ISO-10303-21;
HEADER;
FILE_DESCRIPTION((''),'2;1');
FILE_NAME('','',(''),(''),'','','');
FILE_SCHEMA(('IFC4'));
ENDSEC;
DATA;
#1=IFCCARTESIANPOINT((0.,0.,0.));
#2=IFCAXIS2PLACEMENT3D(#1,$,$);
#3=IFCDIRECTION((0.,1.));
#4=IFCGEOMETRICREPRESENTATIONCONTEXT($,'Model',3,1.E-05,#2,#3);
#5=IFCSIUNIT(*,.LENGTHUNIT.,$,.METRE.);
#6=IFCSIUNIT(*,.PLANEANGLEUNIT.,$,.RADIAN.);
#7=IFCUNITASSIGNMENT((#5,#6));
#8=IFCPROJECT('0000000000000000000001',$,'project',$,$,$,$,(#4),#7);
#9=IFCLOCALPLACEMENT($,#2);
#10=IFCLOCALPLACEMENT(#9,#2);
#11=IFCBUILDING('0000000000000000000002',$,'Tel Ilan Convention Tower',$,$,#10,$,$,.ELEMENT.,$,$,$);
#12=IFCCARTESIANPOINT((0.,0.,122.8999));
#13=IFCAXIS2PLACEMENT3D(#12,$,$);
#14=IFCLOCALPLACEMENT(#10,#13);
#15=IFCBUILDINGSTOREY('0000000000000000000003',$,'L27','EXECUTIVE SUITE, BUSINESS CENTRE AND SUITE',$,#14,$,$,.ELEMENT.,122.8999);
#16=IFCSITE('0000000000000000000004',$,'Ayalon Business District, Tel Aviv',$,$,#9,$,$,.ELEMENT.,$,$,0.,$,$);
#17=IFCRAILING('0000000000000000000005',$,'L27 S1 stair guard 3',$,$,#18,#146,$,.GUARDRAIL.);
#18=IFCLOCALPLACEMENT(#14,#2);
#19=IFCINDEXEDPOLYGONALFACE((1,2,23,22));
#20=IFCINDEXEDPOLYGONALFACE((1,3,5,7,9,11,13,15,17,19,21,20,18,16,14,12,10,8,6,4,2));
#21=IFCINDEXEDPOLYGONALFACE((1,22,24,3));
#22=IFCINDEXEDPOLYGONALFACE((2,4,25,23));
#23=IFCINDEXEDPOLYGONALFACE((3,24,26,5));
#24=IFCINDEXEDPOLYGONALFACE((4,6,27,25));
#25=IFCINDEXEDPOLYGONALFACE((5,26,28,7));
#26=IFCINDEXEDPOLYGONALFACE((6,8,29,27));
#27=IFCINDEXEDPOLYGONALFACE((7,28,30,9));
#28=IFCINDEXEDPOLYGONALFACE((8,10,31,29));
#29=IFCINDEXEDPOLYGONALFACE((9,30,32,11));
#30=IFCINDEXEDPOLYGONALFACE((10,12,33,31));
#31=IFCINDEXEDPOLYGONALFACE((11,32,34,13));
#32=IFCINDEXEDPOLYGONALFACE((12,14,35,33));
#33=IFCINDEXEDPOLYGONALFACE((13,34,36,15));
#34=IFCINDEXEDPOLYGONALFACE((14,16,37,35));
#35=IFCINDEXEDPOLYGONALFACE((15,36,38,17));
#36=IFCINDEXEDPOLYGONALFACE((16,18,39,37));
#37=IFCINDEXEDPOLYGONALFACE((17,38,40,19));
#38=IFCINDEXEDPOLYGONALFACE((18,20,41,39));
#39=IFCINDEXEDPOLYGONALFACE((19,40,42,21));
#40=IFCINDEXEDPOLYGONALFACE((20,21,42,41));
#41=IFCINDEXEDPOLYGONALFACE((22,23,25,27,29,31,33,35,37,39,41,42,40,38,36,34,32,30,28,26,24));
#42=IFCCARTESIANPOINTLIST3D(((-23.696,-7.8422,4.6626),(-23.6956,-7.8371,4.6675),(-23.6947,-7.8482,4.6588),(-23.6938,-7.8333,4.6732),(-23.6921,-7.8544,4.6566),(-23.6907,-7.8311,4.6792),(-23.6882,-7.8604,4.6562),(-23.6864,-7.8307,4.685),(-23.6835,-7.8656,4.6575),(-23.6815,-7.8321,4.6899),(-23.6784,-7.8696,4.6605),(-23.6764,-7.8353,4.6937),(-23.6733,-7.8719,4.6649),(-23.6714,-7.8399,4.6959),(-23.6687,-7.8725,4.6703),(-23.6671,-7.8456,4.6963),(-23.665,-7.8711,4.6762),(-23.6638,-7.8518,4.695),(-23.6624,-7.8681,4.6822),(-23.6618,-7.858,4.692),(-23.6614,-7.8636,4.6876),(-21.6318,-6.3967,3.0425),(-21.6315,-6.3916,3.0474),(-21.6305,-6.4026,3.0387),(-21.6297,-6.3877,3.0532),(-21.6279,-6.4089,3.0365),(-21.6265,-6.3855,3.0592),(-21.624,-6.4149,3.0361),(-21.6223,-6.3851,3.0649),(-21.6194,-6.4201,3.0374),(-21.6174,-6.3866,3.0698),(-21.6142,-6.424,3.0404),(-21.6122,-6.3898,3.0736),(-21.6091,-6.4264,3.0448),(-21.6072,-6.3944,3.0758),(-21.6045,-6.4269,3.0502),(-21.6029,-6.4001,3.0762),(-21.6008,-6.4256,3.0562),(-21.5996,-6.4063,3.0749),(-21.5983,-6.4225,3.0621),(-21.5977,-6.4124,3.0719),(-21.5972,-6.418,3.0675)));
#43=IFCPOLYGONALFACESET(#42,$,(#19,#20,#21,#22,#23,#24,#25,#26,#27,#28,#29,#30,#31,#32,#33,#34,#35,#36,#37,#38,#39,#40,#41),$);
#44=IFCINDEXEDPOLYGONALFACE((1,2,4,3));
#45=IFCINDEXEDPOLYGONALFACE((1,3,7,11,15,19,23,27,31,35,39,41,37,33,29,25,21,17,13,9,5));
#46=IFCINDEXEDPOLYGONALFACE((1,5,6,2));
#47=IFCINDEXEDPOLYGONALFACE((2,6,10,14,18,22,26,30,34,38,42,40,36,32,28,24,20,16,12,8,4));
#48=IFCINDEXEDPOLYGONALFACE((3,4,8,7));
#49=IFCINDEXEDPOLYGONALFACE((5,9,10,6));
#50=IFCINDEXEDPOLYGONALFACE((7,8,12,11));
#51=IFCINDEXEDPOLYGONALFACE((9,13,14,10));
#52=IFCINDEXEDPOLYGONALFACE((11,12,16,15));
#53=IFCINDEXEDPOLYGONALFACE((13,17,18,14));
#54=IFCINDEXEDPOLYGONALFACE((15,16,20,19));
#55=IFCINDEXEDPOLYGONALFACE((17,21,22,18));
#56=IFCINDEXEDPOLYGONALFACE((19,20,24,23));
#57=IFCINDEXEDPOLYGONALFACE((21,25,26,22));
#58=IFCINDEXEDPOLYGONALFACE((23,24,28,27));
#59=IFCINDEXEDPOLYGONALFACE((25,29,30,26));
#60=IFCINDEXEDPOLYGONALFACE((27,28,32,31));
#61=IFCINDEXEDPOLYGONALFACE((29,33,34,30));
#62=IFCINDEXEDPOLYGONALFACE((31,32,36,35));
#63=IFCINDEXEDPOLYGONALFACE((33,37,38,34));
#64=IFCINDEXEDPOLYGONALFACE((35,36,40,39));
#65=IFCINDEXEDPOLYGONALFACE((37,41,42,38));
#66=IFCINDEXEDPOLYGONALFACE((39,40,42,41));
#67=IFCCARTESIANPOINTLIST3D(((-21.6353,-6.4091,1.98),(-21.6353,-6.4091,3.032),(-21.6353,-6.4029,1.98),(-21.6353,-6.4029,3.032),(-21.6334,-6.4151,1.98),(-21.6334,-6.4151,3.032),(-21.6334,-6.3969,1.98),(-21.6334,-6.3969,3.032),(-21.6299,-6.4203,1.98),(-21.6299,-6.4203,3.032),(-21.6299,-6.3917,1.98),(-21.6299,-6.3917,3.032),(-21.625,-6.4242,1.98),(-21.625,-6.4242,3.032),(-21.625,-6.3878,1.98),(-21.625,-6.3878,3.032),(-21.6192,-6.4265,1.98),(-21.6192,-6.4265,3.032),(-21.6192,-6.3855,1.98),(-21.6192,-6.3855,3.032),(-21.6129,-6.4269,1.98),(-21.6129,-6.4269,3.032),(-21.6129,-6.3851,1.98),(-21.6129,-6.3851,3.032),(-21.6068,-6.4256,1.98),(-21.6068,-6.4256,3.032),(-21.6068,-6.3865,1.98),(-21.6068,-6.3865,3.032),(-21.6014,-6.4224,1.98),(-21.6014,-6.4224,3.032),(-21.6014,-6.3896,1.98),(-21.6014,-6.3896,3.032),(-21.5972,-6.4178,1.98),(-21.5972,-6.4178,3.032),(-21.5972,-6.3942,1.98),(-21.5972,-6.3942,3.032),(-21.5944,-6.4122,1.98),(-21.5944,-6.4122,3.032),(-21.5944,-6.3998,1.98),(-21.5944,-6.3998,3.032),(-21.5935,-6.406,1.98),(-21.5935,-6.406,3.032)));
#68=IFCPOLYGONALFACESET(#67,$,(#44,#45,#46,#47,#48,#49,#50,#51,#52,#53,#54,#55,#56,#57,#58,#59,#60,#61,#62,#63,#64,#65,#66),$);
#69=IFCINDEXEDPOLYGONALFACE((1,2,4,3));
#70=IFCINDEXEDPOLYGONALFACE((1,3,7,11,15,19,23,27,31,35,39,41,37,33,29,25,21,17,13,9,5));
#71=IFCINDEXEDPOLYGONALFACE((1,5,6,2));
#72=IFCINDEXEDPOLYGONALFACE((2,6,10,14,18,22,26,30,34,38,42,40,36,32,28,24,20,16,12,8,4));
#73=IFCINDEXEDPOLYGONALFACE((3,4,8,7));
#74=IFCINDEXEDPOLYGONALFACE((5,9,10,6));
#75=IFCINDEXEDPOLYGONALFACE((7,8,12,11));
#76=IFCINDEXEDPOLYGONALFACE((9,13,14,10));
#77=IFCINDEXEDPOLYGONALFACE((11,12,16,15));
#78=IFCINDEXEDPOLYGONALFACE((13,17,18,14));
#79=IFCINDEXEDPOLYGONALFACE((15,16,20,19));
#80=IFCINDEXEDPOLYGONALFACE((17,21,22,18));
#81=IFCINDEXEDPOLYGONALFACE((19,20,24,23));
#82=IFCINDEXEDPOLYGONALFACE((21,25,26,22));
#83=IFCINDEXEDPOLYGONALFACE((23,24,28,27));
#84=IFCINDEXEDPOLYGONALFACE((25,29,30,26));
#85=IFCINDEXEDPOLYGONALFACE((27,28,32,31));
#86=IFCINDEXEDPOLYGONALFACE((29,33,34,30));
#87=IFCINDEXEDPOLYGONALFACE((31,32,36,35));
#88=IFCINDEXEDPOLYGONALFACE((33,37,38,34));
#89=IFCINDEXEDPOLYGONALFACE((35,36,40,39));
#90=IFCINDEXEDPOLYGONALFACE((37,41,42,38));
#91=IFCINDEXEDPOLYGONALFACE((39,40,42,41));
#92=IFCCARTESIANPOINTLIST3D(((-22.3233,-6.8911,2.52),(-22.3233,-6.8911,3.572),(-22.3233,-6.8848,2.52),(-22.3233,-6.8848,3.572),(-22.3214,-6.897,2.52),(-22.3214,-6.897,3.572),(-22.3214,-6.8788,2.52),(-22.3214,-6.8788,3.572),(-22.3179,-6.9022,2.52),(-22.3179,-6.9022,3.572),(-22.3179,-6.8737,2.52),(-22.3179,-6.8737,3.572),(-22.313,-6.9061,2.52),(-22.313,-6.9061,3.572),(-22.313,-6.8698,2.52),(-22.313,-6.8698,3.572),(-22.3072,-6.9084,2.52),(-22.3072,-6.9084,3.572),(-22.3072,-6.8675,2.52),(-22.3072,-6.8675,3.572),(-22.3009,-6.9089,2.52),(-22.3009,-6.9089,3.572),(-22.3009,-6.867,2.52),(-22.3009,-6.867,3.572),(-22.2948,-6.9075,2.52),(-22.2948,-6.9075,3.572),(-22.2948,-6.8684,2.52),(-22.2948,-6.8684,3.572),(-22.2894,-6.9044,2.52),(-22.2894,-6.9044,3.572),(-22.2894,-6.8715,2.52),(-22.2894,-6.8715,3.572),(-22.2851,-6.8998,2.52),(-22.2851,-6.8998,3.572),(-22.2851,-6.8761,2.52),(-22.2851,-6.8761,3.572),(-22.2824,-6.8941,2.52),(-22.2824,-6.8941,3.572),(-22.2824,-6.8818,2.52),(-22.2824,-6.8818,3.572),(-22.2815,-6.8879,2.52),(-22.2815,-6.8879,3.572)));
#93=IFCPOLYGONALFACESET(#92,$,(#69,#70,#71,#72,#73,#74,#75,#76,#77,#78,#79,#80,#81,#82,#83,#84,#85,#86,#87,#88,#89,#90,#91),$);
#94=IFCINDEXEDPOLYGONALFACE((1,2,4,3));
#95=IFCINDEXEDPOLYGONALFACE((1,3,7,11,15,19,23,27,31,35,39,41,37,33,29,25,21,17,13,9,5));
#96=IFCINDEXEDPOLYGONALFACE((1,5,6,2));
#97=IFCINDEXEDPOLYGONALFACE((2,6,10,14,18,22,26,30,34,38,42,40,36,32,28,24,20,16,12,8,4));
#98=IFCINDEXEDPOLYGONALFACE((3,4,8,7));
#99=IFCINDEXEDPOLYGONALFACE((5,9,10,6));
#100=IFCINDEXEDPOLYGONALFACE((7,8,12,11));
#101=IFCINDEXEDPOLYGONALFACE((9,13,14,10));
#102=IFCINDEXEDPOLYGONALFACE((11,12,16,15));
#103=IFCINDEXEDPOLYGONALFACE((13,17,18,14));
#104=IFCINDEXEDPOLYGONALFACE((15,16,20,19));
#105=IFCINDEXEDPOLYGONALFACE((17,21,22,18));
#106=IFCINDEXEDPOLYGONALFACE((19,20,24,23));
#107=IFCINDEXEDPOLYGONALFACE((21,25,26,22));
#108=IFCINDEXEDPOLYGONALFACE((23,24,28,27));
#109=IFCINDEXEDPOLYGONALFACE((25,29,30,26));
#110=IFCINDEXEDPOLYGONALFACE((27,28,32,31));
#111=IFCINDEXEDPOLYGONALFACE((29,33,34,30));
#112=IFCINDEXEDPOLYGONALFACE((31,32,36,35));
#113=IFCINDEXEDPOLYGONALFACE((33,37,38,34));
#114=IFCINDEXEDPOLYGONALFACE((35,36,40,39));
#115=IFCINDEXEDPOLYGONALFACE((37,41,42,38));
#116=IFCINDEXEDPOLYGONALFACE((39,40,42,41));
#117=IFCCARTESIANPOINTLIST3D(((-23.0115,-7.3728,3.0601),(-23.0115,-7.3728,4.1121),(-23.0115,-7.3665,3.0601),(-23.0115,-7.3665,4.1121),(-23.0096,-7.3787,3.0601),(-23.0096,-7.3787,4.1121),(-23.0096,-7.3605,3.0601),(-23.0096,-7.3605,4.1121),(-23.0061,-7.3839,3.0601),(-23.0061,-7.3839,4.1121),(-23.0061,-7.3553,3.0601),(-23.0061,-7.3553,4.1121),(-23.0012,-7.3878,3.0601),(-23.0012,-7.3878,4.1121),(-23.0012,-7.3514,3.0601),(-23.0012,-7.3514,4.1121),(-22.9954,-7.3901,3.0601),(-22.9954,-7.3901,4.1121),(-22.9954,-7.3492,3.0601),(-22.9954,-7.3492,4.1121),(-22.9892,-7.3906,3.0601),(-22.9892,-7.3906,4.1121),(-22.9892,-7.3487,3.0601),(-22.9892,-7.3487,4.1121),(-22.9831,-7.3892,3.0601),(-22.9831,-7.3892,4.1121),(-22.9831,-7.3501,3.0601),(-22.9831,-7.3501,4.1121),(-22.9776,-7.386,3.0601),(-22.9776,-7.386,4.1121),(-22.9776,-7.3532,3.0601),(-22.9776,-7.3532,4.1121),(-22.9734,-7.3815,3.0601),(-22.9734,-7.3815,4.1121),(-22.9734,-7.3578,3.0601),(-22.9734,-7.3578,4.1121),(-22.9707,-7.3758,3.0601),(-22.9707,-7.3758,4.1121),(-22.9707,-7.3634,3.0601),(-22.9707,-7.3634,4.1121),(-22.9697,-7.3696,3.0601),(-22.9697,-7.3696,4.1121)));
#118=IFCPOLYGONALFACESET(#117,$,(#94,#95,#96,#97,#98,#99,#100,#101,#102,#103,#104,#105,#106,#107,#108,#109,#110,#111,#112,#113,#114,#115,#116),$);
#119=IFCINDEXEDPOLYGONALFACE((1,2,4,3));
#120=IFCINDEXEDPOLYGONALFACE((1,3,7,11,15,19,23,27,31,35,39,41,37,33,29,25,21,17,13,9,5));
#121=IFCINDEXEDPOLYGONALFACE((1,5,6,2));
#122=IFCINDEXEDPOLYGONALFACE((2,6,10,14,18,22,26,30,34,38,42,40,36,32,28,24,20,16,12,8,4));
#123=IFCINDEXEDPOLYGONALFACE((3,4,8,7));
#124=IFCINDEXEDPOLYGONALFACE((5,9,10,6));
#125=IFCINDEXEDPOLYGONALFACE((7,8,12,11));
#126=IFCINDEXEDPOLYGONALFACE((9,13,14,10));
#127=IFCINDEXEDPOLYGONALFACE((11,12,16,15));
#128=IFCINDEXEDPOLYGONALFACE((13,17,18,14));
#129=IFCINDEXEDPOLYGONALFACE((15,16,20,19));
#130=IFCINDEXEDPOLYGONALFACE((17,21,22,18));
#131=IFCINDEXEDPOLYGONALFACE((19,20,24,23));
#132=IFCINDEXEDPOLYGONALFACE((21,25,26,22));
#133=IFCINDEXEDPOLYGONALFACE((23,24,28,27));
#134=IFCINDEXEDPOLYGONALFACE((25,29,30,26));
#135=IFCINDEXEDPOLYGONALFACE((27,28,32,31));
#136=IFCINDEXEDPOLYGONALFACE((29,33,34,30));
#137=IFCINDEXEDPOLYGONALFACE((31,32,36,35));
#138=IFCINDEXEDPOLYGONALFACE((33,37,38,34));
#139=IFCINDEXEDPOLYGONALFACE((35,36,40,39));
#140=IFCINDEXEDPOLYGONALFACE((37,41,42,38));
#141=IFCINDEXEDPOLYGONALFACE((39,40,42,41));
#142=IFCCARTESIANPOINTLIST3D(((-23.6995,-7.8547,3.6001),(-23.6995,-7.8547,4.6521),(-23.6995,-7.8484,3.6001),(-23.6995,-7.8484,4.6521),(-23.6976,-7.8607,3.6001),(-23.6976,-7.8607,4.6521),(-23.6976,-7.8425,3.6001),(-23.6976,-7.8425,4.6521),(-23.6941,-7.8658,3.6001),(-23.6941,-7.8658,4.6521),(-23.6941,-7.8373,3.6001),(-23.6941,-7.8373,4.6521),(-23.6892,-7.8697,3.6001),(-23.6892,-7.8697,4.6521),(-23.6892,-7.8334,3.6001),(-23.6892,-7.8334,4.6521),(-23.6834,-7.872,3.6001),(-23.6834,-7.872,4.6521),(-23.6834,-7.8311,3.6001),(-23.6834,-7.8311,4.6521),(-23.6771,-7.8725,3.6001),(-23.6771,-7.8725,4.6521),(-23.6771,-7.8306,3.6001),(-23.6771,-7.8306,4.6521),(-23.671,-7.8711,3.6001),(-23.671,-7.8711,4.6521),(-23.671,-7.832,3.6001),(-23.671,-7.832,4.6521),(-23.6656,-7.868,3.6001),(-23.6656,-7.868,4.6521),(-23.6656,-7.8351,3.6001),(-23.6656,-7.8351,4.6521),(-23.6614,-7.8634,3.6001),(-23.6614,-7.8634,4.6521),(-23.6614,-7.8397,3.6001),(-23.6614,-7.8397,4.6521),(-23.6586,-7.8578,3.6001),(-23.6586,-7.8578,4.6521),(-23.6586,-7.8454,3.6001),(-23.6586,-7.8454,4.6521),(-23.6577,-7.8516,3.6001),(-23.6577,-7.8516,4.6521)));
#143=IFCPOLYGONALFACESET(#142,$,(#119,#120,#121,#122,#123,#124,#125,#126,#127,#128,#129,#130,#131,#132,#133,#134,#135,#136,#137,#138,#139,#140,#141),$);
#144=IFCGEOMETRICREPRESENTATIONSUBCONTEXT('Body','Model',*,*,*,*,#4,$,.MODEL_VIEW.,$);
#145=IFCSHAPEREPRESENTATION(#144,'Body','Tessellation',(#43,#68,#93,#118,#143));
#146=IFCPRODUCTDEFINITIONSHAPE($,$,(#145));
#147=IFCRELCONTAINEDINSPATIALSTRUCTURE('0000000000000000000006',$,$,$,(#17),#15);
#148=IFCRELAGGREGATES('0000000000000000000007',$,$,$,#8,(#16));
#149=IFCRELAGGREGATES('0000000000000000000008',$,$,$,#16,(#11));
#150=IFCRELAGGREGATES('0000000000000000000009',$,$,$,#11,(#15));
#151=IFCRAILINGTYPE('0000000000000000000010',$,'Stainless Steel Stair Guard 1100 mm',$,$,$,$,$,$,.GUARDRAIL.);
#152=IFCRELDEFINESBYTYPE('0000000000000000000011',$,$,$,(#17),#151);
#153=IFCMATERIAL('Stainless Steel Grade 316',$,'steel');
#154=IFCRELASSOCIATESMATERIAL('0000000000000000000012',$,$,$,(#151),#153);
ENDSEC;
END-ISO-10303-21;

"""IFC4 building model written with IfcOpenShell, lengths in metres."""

from ifc_helpers import new_model, si_unit, direction, frame, origin, origin_2d, place, context, subcontext, project, spatial, circle, extrude, material, type_object, element, save


model = new_model("IFC4")

# Units and contexts
model_context = context("Model", 3, precision=1e-05, world=origin(), true_north=direction((0.0, 1.0)))
body_context = subcontext(model_context, "Body", "Model", "MODEL_VIEW")
ifc_project = project(units=[si_unit("LENGTHUNIT", "METRE"), si_unit("PLANEANGLEUNIT", "RADIAN")], contexts=[model_context])

# Site, building, storey
site_placement = place(None, origin())
site = spatial("IfcSite", under=ifc_project, at=site_placement, Name="Ayalon Business District, Tel Aviv", CompositionType="ELEMENT", RefElevation=0.0)
building_placement = place(site_placement, origin())
building = spatial("IfcBuilding", under=site, at=building_placement, Name="Tel Ilan Convention Tower", CompositionType="ELEMENT")
storey_placement = place(building_placement, frame((0.0, 0.0, 122.8999)))
storey = spatial("IfcBuildingStorey", under=building, at=storey_placement, Name="L27", Description="EXECUTIVE SUITE, BUSINESS CENTRE AND SUITE", CompositionType="ELEMENT", Elevation=122.8999)

# Railing
ifc_material_1 = material(Name="Stainless Steel Grade 316", Category="steel")
railing_type_1 = type_object("IfcRailingType", Name="Stainless Steel Stair Guard 1100 mm", PredefinedType="GUARDRAIL", material=ifc_material_1)
railing_1_placement = place(storey_placement, frame((-21.6145, -6.406, 1.98)))
element("IfcRailing", 1, at=railing_1_placement, inside=storey, type_object=railing_type_1, Name="L27 S1 stair guard 3", PredefinedType="GUARDRAIL", context=body_context, shape_type="SweptSolid", body=[
    extrude(circle(Radius=0.0239, at=origin_2d()), frame((0.0, 0.0, 1.0762), z_axis=(-0.689013, -0.482513, 0.540779), x_axis=(0.573625, -0.819118, 0.0)), (0.0, 0.0, 1.0), 2.9958),
    extrude(circle(Radius=0.021, at=origin_2d()), origin(), (0.0, 0.0, 1.0), 1.052),
    extrude(circle(Radius=0.021, at=origin_2d()), frame((-0.688, -0.4819, 0.54)), (0.0, 0.0, 1.0), 1.052),
    extrude(circle(Radius=0.021, at=origin_2d()), frame((-1.3762, -0.9636, 1.0801)), (0.0, 0.0, 1.0), 1.052),
    extrude(circle(Radius=0.021, at=origin_2d()), frame((-2.0642, -1.4456, 1.6201)), (0.0, 0.0, 1.0), 1.052),
])

save(model, "model.ifc")
